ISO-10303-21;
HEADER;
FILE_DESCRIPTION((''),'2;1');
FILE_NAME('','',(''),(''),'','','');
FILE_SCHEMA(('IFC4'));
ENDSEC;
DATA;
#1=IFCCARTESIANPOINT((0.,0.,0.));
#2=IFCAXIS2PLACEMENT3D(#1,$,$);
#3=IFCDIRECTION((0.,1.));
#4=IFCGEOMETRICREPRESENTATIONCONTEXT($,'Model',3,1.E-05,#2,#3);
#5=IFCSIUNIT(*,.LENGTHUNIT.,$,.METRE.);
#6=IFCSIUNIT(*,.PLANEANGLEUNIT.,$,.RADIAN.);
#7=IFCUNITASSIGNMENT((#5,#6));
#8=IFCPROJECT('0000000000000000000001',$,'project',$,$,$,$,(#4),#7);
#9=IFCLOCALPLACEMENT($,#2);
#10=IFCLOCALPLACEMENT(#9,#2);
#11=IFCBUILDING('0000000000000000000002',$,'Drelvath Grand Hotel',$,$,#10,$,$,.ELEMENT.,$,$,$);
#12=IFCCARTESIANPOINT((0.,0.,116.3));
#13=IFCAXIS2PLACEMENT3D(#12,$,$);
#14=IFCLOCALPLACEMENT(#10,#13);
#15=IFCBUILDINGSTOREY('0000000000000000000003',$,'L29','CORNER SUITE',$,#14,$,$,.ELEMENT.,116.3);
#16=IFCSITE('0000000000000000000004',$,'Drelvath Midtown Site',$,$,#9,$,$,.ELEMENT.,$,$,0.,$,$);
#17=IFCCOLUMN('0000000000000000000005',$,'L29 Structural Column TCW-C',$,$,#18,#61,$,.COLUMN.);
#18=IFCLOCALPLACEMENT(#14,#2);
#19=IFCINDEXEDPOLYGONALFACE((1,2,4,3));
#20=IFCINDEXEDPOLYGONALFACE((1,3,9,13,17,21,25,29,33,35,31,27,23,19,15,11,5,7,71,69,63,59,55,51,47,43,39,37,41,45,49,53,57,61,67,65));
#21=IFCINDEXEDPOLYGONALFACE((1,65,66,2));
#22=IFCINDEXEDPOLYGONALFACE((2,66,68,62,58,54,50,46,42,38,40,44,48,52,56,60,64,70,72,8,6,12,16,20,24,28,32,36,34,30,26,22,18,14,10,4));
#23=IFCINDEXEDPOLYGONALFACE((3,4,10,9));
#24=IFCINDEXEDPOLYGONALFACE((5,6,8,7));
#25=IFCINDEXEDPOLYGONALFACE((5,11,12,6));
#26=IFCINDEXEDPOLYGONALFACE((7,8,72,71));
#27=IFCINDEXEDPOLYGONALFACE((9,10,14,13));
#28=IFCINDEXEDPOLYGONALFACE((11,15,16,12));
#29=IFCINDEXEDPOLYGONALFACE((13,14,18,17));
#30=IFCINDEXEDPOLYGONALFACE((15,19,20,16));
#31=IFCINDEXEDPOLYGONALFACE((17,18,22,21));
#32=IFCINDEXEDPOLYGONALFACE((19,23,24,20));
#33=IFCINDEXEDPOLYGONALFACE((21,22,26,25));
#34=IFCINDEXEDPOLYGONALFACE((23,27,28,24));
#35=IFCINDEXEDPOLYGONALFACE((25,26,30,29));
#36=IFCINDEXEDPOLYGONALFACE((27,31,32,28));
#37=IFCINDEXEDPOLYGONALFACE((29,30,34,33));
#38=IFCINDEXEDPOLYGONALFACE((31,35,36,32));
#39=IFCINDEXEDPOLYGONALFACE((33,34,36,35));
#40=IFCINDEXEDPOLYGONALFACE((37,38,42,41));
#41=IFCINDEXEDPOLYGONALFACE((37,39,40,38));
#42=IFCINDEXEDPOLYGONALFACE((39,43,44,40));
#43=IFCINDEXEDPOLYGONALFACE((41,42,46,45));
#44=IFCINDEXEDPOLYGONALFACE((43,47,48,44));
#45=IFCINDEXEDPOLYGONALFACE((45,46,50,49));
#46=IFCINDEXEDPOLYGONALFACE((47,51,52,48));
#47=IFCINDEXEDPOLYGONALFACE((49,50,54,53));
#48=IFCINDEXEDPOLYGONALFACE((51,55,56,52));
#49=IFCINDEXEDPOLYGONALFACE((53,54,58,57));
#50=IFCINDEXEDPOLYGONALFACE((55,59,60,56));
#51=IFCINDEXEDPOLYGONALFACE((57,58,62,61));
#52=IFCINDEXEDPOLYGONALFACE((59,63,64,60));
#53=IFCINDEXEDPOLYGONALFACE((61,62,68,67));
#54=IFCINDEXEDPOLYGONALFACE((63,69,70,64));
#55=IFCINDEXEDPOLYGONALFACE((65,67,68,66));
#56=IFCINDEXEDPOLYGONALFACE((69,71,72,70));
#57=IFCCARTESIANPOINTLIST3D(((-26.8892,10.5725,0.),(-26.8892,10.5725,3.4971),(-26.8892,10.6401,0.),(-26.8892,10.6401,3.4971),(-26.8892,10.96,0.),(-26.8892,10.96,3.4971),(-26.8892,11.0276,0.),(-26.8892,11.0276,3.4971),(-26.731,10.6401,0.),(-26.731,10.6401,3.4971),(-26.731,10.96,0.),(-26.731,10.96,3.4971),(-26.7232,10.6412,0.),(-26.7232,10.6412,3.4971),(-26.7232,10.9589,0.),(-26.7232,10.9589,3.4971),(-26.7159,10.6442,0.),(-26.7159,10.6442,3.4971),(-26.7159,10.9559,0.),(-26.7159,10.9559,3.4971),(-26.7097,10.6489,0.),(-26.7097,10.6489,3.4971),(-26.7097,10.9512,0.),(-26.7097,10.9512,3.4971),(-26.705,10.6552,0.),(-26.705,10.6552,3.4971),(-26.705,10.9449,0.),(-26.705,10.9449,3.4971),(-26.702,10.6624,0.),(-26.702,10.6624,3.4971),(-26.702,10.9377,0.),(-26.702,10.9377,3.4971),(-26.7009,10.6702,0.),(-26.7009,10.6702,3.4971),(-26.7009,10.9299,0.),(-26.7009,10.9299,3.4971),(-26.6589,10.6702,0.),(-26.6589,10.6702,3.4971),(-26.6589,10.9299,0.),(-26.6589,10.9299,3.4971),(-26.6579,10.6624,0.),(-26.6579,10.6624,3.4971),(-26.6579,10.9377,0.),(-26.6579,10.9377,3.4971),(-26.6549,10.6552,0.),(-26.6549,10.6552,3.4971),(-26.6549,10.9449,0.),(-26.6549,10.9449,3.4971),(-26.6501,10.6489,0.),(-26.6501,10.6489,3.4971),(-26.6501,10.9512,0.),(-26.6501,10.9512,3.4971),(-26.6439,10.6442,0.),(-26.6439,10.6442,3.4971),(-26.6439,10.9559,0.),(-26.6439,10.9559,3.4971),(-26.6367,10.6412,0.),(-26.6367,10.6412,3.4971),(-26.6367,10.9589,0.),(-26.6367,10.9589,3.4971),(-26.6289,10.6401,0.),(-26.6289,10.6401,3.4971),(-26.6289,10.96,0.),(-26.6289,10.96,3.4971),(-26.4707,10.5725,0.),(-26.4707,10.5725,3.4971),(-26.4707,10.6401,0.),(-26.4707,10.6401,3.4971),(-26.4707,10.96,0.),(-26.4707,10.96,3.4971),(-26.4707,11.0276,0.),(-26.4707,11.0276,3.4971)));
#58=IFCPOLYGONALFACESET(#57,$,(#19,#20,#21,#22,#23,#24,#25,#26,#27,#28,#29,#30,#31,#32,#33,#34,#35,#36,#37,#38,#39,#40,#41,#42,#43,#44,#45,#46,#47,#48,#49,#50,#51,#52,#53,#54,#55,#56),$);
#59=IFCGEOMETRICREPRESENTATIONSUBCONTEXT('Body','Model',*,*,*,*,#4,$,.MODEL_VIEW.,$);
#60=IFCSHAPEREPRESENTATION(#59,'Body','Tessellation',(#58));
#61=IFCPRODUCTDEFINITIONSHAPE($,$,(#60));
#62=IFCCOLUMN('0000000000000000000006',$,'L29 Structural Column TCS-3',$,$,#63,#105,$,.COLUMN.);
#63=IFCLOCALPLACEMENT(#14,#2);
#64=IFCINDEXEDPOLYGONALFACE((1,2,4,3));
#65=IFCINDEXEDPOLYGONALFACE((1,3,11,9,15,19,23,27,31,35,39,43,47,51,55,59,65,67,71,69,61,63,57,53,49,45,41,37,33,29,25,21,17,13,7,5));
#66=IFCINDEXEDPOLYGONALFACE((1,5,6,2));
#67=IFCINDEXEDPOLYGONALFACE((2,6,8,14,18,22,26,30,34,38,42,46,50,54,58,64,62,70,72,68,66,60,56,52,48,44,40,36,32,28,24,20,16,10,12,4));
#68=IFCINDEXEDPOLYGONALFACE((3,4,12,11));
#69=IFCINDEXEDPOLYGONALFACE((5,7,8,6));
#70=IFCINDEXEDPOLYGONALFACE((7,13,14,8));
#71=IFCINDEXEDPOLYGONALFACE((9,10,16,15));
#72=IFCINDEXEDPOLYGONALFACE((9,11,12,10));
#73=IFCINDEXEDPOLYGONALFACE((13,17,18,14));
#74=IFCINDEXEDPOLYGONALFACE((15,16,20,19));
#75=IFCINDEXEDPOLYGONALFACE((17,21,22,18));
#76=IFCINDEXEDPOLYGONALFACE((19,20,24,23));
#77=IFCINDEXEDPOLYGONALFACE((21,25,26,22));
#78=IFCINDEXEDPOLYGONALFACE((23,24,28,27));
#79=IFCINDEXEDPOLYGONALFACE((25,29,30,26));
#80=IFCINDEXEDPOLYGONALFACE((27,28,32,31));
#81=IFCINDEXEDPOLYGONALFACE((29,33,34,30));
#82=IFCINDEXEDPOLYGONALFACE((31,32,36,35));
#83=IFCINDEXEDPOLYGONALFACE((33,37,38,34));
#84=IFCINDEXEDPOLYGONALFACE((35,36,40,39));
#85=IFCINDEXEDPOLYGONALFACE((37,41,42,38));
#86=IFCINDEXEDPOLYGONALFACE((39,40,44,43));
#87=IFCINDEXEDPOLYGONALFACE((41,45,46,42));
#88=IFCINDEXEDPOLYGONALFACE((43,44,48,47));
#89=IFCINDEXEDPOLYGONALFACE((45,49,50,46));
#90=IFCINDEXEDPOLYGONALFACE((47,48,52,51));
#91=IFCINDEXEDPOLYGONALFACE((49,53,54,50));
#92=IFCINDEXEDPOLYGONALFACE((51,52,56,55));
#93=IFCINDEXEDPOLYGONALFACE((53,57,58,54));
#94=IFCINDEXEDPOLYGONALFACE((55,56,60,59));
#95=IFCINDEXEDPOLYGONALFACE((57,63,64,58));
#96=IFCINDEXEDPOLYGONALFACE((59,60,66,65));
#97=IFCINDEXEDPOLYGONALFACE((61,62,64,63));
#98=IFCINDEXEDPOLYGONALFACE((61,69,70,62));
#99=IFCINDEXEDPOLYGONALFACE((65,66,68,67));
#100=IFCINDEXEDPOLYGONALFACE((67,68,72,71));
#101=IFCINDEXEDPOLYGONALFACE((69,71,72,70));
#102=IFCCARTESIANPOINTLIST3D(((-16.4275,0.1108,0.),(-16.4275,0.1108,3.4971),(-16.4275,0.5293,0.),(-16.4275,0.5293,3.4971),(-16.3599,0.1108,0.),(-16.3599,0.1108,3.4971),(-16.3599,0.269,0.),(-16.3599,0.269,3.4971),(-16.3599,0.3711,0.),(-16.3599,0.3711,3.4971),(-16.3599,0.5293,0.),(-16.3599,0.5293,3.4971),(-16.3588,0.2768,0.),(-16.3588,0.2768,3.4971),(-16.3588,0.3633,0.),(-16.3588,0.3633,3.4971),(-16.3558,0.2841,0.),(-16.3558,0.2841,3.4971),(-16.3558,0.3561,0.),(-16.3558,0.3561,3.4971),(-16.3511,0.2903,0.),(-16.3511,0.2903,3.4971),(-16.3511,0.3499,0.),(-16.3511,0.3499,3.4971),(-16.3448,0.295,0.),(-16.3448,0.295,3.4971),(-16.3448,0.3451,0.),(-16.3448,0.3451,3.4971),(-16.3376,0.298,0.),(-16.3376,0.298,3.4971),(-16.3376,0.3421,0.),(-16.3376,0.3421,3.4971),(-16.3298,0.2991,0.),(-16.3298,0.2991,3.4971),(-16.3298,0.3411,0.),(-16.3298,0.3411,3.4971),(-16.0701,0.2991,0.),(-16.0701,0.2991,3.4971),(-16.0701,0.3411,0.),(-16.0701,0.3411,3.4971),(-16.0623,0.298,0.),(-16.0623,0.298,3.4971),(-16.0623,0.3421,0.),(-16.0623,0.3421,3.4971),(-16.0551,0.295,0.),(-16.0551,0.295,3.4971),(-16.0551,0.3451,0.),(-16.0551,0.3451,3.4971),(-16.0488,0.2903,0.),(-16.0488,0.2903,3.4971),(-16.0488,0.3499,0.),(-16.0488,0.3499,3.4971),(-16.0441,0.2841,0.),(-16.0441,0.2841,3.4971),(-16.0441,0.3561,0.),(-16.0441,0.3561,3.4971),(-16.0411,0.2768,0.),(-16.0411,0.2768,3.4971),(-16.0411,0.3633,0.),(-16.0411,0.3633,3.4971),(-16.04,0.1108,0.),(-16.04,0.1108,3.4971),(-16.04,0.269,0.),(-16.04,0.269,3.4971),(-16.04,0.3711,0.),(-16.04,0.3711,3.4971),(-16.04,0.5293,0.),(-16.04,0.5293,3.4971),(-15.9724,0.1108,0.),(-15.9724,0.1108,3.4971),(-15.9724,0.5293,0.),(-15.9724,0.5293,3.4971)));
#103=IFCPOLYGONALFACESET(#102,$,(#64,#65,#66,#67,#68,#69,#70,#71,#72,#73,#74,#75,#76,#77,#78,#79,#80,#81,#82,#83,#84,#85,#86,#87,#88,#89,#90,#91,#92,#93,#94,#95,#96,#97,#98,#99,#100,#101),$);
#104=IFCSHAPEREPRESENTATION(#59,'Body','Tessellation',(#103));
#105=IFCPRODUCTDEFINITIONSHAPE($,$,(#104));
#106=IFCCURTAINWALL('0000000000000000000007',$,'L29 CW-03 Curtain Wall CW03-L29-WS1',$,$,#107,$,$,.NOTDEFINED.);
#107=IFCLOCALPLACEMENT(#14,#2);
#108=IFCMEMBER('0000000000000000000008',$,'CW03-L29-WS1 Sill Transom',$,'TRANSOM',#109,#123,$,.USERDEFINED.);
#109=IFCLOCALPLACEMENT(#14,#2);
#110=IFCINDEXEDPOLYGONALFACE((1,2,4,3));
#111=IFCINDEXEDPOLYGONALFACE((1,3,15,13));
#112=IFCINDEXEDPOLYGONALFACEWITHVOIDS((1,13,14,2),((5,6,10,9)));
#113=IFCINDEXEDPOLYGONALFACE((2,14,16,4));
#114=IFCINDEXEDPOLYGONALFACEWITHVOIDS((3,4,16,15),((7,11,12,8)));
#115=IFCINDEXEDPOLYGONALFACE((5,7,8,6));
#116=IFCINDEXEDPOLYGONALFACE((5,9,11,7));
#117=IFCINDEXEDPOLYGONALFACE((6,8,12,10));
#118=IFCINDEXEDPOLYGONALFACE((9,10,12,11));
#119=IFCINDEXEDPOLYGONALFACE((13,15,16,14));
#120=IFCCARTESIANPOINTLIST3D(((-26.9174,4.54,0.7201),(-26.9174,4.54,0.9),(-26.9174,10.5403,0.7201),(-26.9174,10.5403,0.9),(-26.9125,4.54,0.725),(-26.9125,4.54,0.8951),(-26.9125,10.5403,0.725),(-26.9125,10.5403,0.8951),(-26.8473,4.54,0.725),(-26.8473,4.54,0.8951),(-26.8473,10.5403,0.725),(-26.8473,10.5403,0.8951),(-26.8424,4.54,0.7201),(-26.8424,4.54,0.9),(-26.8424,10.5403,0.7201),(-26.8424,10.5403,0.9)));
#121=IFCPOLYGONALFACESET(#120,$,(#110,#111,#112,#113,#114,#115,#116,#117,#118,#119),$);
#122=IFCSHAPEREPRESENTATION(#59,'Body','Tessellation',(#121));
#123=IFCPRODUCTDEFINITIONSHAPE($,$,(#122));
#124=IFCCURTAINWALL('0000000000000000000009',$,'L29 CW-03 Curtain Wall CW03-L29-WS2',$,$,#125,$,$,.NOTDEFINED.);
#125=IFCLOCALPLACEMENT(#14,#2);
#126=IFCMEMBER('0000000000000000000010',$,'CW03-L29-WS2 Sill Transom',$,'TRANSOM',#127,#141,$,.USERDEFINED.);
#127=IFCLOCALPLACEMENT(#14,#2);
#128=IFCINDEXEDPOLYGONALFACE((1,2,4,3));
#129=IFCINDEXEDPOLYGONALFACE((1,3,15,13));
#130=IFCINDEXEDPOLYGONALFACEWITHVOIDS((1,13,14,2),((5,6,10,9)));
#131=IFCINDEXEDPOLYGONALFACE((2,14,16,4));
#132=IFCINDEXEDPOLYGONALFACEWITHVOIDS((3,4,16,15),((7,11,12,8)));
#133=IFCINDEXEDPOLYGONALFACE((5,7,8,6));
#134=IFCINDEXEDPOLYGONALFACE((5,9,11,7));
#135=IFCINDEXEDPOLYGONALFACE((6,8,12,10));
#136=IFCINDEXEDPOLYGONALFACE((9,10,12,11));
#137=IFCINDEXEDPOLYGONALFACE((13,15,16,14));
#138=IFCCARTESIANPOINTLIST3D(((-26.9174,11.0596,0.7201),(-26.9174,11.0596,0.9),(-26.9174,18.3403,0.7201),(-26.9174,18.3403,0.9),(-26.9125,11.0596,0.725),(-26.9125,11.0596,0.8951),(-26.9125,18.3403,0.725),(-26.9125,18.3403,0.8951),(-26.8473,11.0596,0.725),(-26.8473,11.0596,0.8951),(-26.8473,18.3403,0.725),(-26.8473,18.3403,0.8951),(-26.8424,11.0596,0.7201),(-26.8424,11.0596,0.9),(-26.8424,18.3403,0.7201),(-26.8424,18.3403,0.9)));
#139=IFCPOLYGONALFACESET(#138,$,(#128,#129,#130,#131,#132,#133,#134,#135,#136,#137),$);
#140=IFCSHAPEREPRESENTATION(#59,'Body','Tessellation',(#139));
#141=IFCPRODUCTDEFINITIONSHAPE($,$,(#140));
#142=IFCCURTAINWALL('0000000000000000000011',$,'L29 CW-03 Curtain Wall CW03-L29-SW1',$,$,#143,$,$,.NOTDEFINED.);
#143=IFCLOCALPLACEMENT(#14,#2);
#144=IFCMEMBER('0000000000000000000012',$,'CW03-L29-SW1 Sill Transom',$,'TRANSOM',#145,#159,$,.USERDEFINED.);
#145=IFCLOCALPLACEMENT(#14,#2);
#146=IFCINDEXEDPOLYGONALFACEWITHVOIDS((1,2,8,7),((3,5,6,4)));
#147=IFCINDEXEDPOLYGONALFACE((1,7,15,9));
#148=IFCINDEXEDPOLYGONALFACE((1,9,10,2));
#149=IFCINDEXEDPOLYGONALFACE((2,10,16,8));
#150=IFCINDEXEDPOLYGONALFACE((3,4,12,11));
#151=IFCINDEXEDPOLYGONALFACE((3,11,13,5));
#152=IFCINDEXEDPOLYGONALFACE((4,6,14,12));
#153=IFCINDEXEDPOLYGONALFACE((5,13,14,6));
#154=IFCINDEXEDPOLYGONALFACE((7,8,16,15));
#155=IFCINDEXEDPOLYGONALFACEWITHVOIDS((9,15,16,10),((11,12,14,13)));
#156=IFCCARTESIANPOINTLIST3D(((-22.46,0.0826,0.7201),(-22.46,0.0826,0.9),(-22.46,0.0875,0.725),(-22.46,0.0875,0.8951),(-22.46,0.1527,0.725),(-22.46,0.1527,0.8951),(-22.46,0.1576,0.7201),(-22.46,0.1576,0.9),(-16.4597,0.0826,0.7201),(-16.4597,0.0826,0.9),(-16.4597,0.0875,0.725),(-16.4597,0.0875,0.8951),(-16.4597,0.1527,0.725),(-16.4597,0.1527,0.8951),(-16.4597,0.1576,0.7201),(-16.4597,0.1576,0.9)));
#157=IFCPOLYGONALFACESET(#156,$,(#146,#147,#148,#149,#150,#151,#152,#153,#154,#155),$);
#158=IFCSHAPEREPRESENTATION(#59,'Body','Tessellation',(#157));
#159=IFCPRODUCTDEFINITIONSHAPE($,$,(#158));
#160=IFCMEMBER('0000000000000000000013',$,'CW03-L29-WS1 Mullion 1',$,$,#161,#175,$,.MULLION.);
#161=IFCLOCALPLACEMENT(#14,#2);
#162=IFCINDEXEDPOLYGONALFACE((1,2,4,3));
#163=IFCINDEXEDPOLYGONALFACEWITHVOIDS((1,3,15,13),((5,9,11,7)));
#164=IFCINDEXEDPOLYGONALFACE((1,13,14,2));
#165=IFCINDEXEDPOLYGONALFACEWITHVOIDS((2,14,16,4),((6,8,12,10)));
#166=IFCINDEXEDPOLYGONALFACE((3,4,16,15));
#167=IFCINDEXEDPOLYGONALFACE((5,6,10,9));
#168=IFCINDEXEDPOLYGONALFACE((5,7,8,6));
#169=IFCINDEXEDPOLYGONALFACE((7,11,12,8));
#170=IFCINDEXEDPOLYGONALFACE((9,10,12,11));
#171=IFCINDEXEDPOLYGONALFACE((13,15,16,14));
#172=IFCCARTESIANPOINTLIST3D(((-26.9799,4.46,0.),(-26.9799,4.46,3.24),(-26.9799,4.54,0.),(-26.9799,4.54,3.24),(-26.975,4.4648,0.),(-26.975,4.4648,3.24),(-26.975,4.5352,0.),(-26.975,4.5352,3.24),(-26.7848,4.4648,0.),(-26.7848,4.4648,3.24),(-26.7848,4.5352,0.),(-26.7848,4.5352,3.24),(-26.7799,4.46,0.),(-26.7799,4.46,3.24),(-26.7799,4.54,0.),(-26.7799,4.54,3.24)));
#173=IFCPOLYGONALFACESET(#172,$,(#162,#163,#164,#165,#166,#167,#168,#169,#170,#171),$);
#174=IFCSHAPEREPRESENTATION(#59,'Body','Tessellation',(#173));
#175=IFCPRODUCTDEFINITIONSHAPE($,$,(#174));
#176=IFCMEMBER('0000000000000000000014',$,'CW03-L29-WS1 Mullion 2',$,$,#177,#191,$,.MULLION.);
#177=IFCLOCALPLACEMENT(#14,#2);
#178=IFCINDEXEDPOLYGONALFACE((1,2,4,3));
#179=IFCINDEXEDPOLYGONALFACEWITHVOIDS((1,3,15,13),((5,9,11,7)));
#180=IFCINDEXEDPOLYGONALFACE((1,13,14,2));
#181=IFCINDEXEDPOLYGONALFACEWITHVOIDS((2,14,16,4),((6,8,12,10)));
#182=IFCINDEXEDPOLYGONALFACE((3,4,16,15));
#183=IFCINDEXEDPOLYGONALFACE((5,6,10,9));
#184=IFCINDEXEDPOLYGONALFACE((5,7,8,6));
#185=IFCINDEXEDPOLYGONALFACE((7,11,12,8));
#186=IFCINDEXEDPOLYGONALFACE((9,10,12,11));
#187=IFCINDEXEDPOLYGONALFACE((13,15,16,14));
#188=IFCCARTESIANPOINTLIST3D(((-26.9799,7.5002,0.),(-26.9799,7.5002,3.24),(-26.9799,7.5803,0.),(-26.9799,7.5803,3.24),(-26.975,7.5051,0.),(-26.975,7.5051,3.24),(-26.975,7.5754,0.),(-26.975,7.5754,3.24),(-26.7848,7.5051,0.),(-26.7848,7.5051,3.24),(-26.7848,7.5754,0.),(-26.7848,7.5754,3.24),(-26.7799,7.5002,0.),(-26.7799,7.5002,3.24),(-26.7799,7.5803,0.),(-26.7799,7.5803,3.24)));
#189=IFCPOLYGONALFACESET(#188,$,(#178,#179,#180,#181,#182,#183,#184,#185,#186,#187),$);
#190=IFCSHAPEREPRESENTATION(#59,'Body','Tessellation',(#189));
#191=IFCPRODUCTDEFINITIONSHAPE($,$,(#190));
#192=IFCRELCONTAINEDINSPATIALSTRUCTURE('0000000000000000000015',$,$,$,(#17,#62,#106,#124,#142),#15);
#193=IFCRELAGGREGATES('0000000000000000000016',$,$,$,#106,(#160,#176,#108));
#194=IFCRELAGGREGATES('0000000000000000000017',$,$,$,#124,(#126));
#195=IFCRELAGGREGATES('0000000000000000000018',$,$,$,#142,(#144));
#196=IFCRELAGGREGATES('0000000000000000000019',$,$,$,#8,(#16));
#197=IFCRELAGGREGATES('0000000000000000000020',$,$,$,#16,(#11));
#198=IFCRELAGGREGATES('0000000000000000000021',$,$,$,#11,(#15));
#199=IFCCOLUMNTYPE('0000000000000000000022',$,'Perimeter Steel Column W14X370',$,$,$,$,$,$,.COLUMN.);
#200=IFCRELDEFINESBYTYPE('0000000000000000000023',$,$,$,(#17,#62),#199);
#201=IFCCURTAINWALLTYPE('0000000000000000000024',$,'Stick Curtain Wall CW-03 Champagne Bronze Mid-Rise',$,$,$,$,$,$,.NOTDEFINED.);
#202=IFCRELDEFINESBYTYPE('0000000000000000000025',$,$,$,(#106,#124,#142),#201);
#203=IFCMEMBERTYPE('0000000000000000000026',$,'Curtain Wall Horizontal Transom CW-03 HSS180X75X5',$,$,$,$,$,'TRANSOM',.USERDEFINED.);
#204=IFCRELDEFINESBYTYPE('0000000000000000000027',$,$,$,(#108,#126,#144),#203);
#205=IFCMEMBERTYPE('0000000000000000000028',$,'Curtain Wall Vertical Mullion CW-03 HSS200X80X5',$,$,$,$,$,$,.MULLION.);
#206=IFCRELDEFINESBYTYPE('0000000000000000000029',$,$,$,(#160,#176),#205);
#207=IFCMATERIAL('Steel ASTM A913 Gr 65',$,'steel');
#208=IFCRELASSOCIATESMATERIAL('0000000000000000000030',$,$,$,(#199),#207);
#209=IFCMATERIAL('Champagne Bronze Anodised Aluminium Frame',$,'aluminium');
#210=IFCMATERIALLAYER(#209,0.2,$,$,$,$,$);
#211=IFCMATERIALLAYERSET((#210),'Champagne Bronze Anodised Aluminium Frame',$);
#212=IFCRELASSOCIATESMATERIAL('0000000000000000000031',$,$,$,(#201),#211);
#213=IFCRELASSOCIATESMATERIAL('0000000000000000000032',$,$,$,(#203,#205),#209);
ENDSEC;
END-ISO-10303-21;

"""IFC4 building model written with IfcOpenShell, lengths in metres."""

from ifc_helpers import new_model, si_unit, direction, frame, origin, origin_2d, place, context, subcontext, project, spatial, hollow_rectangle, i_section, extrude, material, layer, layer_set, material_profile, profile_set, type_object, element, aggregate, save


model = new_model("IFC4")

# Units and contexts
model_context = context("Model", 3, precision=1e-05, world=origin(), true_north=direction((0.0, 1.0)))
body_context = subcontext(model_context, "Body", "Model", "MODEL_VIEW")
ifc_project = project(units=[si_unit("LENGTHUNIT", "METRE"), si_unit("PLANEANGLEUNIT", "RADIAN")], contexts=[model_context])

# Site, building, storey
site_placement = place(None, origin())
site = spatial("IfcSite", under=ifc_project, at=site_placement, Name="Drelvath Midtown Site", CompositionType="ELEMENT", RefElevation=0.0)
building_placement = place(site_placement, origin())
building = spatial("IfcBuilding", under=site, at=building_placement, Name="Drelvath Grand Hotel", CompositionType="ELEMENT")
storey_placement = place(building_placement, frame((0.0, 0.0, 116.3)))
storey = spatial("IfcBuildingStorey", under=building, at=storey_placement, Name="L29", Description="CORNER SUITE", CompositionType="ELEMENT", Elevation=116.3)

# Columns
ifc_material_1 = material(Name="Steel ASTM A913 Gr 65", Category="steel")
ifc_material_profile_1 = material_profile(ifc_material_1, i_section(OverallWidth=0.4185, OverallDepth=0.4551, WebThickness=0.042, FlangeThickness=0.0676, FilletRadius=0.03, at=origin_2d()), Name="W14X370")
ifc_profile_set_1 = profile_set([ifc_material_profile_1], Name="Steel ASTM A913 Gr 65")
column_type = type_object("IfcColumnType", Name="Perimeter Steel Column W14X370", PredefinedType="COLUMN", material=ifc_profile_set_1)
for number, where, z_axis, x_axis, name in (
    (1, (-26.6799, 10.8, 0.0), (0.0, 0.0, 1.0), (1.0, 0.0, 0.0), "L29 Structural Column TCW-C"),
    (2, (-16.2, 0.3201, 0.0), (0.0, 0.0, 1.0), (0.0, 1.0, 0.0), "L29 Structural Column TCS-3"),
):
    element("IfcColumn", number, at=place(storey_placement, frame(where, z_axis=z_axis, x_axis=x_axis)), inside=storey, type_object=column_type, Name=name, PredefinedType="COLUMN", context=body_context, shape_type="SweptSolid", body=[
        extrude(i_section(OverallWidth=0.4185, OverallDepth=0.4551, WebThickness=0.042, FlangeThickness=0.0676, FilletRadius=0.03, at=origin_2d()), origin(), (0.0, 0.0, 1.0), 3.4971),
    ])

# Curtain walls, members
ifc_material_2 = material(Name="Champagne Bronze Anodised Aluminium Frame", Category="aluminium")
ifc_layer_1 = layer(ifc_material_2, 0.2)
ifc_layer_set_1 = layer_set([ifc_layer_1], Name="Champagne Bronze Anodised Aluminium Frame")
curtain_wall_type = type_object("IfcCurtainWallType", Name="Stick Curtain Wall CW-03 Champagne Bronze Mid-Rise", PredefinedType="NOTDEFINED", material=ifc_layer_set_1)
curtain_wall_1_placement = place(storey_placement, origin())
curtain_wall_1 = element("IfcCurtainWall", 3, at=curtain_wall_1_placement, inside=storey, type_object=curtain_wall_type, Name="L29 CW-03 Curtain Wall CW03-L29-WS1", PredefinedType="NOTDEFINED")
ifc_material_profile_2 = material_profile(ifc_material_2, hollow_rectangle(XDim=0.075, YDim=0.1799, WallThickness=0.0049, at=origin_2d()), Name="HSS180X75X5")
ifc_profile_set_2 = profile_set([ifc_material_profile_2], Name="Champagne Bronze Anodised Aluminium Frame")
member_type_1 = type_object("IfcMemberType", Name="Curtain Wall Horizontal Transom CW-03 HSS180X75X5", ElementType="TRANSOM", PredefinedType="USERDEFINED", material=ifc_profile_set_2)
member_1_placement = place(storey_placement, frame((-26.8799, 4.54, 0.8101), z_axis=(0.0, 1.0, 0.0), x_axis=(-1.0, 0.0, 0.0)))
member_1 = element("IfcMember", 4, at=member_1_placement, type_object=member_type_1, Name="CW03-L29-WS1 Sill Transom", ObjectType="TRANSOM", PredefinedType="USERDEFINED", context=body_context, shape_type="SweptSolid", body=[
    extrude(hollow_rectangle(XDim=0.075, YDim=0.1799, WallThickness=0.0049, at=origin_2d()), origin(), (0.0, 0.0, 1.0), 6.0002),
])
curtain_wall_2_placement = place(storey_placement, origin())
curtain_wall_2 = element("IfcCurtainWall", 5, at=curtain_wall_2_placement, inside=storey, type_object=curtain_wall_type, Name="L29 CW-03 Curtain Wall CW03-L29-WS2", PredefinedType="NOTDEFINED")
member_2_placement = place(storey_placement, frame((-26.8799, 11.0596, 0.8101), z_axis=(0.0, 1.0, 0.0), x_axis=(-1.0, 0.0, 0.0)))
member_2 = element("IfcMember", 6, at=member_2_placement, type_object=member_type_1, Name="CW03-L29-WS2 Sill Transom", ObjectType="TRANSOM", PredefinedType="USERDEFINED", context=body_context, shape_type="SweptSolid", body=[
    extrude(hollow_rectangle(XDim=0.075, YDim=0.1799, WallThickness=0.0049, at=origin_2d()), origin(), (0.0, 0.0, 1.0), 7.2808),
])
curtain_wall_3_placement = place(storey_placement, origin())
curtain_wall_3 = element("IfcCurtainWall", 7, at=curtain_wall_3_placement, inside=storey, type_object=curtain_wall_type, Name="L29 CW-03 Curtain Wall CW03-L29-SW1", PredefinedType="NOTDEFINED")
member_3_placement = place(storey_placement, frame((-16.4597, 0.1201, 0.8101), z_axis=(-1.0, 0.0, 0.0), x_axis=(0.0, -1.0, 0.0)))
member_3 = element("IfcMember", 8, at=member_3_placement, type_object=member_type_1, Name="CW03-L29-SW1 Sill Transom", ObjectType="TRANSOM", PredefinedType="USERDEFINED", context=body_context, shape_type="SweptSolid", body=[
    extrude(hollow_rectangle(XDim=0.075, YDim=0.1799, WallThickness=0.0049, at=origin_2d()), origin(), (0.0, 0.0, 1.0), 6.0002),
])

# Members
ifc_material_profile_3 = material_profile(ifc_material_2, hollow_rectangle(XDim=0.0801, YDim=0.2, WallThickness=0.0049, at=origin_2d()), Name="HSS200X80X5")
ifc_profile_set_3 = profile_set([ifc_material_profile_3], Name="Champagne Bronze Anodised Aluminium Frame")
member_type_2 = type_object("IfcMemberType", Name="Curtain Wall Vertical Mullion CW-03 HSS200X80X5", PredefinedType="MULLION", material=ifc_profile_set_3)
member_4_placement = place(storey_placement, frame((-26.8799, 4.5, 0.0), z_axis=(0.0, 0.0, 1.0), x_axis=(0.0, 1.0, 0.0)))
member_4 = element("IfcMember", 9, at=member_4_placement, type_object=member_type_2, Name="CW03-L29-WS1 Mullion 1", PredefinedType="MULLION", context=body_context, shape_type="SweptSolid", body=[
    extrude(hollow_rectangle(XDim=0.0801, YDim=0.2, WallThickness=0.0049, at=origin_2d()), origin(), (0.0, 0.0, 1.0), 3.24),
])
member_5_placement = place(storey_placement, frame((-26.8799, 7.5403, 0.0), z_axis=(0.0, 0.0, 1.0), x_axis=(0.0, 1.0, 0.0)))
member_5 = element("IfcMember", 10, at=member_5_placement, type_object=member_type_2, Name="CW03-L29-WS1 Mullion 2", PredefinedType="MULLION", context=body_context, shape_type="SweptSolid", body=[
    extrude(hollow_rectangle(XDim=0.0801, YDim=0.2, WallThickness=0.0049, at=origin_2d()), origin(), (0.0, 0.0, 1.0), 3.24),
])

aggregate(curtain_wall_1, [member_4, member_5, member_1])
aggregate(curtain_wall_2, [member_2])
aggregate(curtain_wall_3, [member_3])

save(model, "model.ifc")
